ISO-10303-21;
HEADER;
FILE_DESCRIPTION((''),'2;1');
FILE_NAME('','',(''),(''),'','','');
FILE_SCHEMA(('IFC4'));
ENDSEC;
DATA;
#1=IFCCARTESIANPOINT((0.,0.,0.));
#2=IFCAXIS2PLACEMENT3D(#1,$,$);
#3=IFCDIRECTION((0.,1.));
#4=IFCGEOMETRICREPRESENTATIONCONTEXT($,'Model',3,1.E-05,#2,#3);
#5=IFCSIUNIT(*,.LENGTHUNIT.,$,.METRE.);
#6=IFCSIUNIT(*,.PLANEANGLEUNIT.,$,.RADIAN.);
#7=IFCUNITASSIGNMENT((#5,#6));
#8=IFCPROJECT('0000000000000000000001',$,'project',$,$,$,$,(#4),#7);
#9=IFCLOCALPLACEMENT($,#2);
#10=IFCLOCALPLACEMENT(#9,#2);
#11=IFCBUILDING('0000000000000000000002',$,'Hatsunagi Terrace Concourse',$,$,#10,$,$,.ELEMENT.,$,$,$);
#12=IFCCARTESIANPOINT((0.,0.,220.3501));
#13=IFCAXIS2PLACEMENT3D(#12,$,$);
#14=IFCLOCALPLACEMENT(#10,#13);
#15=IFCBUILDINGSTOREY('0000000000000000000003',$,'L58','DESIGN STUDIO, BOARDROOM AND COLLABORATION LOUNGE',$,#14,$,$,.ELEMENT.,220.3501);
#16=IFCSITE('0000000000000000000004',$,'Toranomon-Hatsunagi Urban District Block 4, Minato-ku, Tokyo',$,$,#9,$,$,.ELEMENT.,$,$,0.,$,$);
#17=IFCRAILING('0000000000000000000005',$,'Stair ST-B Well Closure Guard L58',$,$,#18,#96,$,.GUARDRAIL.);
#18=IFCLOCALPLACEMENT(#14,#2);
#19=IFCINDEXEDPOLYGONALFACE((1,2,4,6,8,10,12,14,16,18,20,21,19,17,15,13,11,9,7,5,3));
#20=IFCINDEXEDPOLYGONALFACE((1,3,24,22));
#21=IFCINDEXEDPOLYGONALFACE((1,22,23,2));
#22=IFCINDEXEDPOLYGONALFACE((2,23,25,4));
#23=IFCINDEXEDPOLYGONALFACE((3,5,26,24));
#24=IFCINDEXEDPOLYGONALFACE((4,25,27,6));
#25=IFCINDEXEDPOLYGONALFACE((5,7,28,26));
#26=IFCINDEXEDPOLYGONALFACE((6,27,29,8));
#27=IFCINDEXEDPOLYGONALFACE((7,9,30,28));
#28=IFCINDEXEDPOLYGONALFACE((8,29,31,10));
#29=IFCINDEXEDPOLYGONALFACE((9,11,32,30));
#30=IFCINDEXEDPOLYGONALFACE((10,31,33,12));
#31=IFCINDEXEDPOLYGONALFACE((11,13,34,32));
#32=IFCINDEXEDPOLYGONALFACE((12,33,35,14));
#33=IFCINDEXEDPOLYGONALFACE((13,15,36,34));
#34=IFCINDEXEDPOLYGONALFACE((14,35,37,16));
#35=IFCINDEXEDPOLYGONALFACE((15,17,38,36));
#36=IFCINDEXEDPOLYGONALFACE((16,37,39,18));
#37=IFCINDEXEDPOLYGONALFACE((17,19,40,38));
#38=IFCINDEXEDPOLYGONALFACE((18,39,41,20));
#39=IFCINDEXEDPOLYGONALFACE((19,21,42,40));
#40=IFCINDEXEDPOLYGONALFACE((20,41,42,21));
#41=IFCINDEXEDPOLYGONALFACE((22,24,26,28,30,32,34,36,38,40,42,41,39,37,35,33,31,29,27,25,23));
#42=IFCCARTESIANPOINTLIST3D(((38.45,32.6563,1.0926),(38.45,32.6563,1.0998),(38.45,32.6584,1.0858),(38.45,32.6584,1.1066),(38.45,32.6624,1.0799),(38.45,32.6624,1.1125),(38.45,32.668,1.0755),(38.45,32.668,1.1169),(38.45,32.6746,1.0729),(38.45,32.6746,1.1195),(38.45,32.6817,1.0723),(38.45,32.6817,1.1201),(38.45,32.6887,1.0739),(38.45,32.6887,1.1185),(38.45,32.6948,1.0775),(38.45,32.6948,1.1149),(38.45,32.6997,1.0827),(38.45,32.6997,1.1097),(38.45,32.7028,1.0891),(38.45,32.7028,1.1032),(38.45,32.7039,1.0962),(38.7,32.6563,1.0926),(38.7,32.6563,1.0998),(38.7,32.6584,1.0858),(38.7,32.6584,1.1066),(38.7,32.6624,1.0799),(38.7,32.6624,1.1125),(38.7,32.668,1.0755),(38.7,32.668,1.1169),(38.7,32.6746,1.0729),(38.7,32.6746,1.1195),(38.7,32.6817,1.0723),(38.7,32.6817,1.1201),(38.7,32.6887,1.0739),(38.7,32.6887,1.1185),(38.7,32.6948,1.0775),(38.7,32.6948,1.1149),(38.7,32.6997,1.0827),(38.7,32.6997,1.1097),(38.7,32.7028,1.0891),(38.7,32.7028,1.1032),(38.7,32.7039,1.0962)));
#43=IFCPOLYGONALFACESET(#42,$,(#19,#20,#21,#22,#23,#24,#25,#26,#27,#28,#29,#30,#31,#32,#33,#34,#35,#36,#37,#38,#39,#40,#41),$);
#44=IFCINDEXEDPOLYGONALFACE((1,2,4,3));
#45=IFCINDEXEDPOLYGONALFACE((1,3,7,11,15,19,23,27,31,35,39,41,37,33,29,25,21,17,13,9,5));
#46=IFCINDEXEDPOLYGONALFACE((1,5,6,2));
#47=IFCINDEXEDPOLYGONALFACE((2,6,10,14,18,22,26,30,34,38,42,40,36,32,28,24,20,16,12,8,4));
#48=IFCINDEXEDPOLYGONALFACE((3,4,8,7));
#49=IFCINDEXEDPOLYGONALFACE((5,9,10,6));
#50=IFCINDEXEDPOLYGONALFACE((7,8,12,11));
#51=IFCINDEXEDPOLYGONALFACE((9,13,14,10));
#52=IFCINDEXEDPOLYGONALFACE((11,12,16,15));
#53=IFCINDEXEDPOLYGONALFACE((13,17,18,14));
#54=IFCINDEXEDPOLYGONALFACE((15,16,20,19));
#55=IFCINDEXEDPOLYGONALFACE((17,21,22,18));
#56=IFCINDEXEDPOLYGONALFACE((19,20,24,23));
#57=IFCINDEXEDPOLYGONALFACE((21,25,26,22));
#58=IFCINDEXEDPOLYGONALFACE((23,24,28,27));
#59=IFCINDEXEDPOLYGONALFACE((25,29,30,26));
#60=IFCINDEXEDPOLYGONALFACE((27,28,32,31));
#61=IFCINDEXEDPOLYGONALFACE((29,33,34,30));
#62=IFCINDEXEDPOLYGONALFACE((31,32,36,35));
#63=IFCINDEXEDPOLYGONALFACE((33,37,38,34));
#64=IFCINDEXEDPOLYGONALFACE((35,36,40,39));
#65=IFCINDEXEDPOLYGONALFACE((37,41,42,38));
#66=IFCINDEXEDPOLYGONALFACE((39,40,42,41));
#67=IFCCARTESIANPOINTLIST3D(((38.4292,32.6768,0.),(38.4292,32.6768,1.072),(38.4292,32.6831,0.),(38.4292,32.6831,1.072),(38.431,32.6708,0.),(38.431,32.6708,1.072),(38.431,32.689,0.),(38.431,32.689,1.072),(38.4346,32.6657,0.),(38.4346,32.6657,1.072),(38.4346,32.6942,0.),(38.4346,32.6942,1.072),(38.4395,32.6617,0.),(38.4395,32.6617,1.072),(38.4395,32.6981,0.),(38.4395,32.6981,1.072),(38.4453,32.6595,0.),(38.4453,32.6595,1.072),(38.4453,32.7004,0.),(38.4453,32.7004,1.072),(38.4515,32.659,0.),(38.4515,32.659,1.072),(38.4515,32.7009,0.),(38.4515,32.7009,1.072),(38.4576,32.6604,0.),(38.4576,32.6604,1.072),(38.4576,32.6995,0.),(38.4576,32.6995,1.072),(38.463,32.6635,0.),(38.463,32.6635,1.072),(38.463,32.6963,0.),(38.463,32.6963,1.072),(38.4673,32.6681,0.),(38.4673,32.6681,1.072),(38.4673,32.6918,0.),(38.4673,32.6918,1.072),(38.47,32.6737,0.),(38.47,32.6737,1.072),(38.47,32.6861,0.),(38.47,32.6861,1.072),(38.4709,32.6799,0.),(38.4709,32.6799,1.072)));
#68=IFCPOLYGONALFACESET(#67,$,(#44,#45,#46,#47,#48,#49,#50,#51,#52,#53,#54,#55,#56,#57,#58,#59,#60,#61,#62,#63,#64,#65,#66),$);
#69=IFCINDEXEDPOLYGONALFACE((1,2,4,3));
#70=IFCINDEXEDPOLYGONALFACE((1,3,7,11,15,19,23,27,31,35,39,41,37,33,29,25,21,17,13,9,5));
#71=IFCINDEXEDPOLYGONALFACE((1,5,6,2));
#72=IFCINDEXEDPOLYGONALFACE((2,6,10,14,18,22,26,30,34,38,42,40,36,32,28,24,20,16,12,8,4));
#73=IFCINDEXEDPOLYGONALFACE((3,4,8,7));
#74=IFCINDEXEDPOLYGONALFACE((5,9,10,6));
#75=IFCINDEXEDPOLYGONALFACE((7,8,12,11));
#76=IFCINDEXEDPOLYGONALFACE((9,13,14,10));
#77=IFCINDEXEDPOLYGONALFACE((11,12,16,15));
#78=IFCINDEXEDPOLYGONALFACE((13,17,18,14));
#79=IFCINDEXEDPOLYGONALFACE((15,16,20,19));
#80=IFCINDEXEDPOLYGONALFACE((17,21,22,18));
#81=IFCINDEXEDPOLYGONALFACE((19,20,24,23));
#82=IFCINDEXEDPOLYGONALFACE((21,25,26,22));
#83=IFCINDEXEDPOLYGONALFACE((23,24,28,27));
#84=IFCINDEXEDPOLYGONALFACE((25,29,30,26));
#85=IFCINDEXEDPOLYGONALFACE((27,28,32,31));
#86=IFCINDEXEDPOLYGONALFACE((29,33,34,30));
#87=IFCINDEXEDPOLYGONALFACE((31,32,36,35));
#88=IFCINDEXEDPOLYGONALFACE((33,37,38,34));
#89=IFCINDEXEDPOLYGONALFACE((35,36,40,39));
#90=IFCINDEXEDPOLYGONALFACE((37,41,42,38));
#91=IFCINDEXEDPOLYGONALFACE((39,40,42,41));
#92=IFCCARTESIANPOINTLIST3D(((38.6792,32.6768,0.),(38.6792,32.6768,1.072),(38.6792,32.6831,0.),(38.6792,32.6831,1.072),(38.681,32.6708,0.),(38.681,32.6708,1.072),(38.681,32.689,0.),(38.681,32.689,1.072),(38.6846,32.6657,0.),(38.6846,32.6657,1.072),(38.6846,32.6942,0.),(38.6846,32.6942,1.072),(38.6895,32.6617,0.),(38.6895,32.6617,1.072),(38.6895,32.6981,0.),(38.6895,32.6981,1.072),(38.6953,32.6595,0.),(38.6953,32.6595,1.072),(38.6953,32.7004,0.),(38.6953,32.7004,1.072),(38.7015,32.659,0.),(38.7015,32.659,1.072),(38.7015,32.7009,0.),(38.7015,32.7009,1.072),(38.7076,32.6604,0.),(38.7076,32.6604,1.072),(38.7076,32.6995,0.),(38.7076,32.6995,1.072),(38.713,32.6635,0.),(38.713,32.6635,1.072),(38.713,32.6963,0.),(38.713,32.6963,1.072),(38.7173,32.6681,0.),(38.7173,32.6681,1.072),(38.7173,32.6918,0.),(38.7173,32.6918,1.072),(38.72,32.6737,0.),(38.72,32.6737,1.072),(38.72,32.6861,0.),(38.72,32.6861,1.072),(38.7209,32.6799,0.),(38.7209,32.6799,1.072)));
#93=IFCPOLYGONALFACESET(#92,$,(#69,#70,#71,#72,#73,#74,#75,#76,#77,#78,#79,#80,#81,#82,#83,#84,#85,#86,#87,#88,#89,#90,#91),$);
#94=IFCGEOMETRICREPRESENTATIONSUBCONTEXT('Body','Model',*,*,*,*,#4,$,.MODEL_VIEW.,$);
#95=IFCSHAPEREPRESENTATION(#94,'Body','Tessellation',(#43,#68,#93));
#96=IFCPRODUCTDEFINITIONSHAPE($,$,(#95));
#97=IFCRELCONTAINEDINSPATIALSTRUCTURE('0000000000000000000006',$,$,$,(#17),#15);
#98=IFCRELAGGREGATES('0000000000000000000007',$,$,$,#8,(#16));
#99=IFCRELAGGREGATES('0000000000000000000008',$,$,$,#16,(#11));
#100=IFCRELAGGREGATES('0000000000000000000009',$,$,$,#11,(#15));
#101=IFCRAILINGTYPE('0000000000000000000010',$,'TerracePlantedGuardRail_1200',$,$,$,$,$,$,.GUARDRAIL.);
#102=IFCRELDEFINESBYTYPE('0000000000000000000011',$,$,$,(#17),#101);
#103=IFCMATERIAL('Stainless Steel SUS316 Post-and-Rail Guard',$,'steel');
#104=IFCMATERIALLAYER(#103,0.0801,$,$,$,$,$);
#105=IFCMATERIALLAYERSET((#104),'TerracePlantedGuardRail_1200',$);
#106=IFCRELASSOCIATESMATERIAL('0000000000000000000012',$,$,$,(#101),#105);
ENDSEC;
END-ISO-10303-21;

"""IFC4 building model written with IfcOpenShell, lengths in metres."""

from ifc_helpers import new_model, si_unit, direction, frame, origin, origin_2d, place, context, subcontext, project, spatial, circle, extrude, material, layer, layer_set, type_object, element, save


model = new_model("IFC4")

# Units and contexts
model_context = context("Model", 3, precision=1e-05, world=origin(), true_north=direction((0.0, 1.0)))
body_context = subcontext(model_context, "Body", "Model", "MODEL_VIEW")
ifc_project = project(units=[si_unit("LENGTHUNIT", "METRE"), si_unit("PLANEANGLEUNIT", "RADIAN")], contexts=[model_context])

# Site, building, storey
site_placement = place(None, origin())
site = spatial("IfcSite", under=ifc_project, at=site_placement, Name="Toranomon-Hatsunagi Urban District Block 4, Minato-ku, Tokyo", CompositionType="ELEMENT", RefElevation=0.0)
building_placement = place(site_placement, origin())
building = spatial("IfcBuilding", under=site, at=building_placement, Name="Hatsunagi Terrace Concourse", CompositionType="ELEMENT")
storey_placement = place(building_placement, frame((0.0, 0.0, 220.3501)))
storey = spatial("IfcBuildingStorey", under=building, at=storey_placement, Name="L58", Description="DESIGN STUDIO, BOARDROOM AND COLLABORATION LOUNGE", CompositionType="ELEMENT", Elevation=220.3501)

# Railing
ifc_material_1 = material(Name="Stainless Steel SUS316 Post-and-Rail Guard", Category="steel")
ifc_layer_1 = layer(ifc_material_1, 0.0801)
ifc_layer_set_1 = layer_set([ifc_layer_1], Name="TerracePlantedGuardRail_1200")
railing_type_1 = type_object("IfcRailingType", Name="TerracePlantedGuardRail_1200", PredefinedType="GUARDRAIL", material=ifc_layer_set_1)
railing_1_placement = place(storey_placement, frame((38.45, 32.6799, 0.0)))
element("IfcRailing", 1, at=railing_1_placement, inside=storey, type_object=railing_type_1, Name="Stair ST-B Well Closure Guard L58", PredefinedType="GUARDRAIL", context=body_context, shape_type="SweptSolid", body=[
    extrude(circle(Radius=0.0239, at=origin_2d()), frame((0.0, 0.0, 1.0962), z_axis=(1.0, 0.0, 0.0), x_axis=(0.0, 1.0, 0.0)), (0.0, 0.0, 1.0), 0.25),
    extrude(circle(Radius=0.021, at=origin_2d()), origin(), (0.0, 0.0, 1.0), 1.072),
    extrude(circle(Radius=0.021, at=origin_2d()), frame((0.25, 0.0, 0.0)), (0.0, 0.0, 1.0), 1.072),
])

save(model, "model.ifc")
